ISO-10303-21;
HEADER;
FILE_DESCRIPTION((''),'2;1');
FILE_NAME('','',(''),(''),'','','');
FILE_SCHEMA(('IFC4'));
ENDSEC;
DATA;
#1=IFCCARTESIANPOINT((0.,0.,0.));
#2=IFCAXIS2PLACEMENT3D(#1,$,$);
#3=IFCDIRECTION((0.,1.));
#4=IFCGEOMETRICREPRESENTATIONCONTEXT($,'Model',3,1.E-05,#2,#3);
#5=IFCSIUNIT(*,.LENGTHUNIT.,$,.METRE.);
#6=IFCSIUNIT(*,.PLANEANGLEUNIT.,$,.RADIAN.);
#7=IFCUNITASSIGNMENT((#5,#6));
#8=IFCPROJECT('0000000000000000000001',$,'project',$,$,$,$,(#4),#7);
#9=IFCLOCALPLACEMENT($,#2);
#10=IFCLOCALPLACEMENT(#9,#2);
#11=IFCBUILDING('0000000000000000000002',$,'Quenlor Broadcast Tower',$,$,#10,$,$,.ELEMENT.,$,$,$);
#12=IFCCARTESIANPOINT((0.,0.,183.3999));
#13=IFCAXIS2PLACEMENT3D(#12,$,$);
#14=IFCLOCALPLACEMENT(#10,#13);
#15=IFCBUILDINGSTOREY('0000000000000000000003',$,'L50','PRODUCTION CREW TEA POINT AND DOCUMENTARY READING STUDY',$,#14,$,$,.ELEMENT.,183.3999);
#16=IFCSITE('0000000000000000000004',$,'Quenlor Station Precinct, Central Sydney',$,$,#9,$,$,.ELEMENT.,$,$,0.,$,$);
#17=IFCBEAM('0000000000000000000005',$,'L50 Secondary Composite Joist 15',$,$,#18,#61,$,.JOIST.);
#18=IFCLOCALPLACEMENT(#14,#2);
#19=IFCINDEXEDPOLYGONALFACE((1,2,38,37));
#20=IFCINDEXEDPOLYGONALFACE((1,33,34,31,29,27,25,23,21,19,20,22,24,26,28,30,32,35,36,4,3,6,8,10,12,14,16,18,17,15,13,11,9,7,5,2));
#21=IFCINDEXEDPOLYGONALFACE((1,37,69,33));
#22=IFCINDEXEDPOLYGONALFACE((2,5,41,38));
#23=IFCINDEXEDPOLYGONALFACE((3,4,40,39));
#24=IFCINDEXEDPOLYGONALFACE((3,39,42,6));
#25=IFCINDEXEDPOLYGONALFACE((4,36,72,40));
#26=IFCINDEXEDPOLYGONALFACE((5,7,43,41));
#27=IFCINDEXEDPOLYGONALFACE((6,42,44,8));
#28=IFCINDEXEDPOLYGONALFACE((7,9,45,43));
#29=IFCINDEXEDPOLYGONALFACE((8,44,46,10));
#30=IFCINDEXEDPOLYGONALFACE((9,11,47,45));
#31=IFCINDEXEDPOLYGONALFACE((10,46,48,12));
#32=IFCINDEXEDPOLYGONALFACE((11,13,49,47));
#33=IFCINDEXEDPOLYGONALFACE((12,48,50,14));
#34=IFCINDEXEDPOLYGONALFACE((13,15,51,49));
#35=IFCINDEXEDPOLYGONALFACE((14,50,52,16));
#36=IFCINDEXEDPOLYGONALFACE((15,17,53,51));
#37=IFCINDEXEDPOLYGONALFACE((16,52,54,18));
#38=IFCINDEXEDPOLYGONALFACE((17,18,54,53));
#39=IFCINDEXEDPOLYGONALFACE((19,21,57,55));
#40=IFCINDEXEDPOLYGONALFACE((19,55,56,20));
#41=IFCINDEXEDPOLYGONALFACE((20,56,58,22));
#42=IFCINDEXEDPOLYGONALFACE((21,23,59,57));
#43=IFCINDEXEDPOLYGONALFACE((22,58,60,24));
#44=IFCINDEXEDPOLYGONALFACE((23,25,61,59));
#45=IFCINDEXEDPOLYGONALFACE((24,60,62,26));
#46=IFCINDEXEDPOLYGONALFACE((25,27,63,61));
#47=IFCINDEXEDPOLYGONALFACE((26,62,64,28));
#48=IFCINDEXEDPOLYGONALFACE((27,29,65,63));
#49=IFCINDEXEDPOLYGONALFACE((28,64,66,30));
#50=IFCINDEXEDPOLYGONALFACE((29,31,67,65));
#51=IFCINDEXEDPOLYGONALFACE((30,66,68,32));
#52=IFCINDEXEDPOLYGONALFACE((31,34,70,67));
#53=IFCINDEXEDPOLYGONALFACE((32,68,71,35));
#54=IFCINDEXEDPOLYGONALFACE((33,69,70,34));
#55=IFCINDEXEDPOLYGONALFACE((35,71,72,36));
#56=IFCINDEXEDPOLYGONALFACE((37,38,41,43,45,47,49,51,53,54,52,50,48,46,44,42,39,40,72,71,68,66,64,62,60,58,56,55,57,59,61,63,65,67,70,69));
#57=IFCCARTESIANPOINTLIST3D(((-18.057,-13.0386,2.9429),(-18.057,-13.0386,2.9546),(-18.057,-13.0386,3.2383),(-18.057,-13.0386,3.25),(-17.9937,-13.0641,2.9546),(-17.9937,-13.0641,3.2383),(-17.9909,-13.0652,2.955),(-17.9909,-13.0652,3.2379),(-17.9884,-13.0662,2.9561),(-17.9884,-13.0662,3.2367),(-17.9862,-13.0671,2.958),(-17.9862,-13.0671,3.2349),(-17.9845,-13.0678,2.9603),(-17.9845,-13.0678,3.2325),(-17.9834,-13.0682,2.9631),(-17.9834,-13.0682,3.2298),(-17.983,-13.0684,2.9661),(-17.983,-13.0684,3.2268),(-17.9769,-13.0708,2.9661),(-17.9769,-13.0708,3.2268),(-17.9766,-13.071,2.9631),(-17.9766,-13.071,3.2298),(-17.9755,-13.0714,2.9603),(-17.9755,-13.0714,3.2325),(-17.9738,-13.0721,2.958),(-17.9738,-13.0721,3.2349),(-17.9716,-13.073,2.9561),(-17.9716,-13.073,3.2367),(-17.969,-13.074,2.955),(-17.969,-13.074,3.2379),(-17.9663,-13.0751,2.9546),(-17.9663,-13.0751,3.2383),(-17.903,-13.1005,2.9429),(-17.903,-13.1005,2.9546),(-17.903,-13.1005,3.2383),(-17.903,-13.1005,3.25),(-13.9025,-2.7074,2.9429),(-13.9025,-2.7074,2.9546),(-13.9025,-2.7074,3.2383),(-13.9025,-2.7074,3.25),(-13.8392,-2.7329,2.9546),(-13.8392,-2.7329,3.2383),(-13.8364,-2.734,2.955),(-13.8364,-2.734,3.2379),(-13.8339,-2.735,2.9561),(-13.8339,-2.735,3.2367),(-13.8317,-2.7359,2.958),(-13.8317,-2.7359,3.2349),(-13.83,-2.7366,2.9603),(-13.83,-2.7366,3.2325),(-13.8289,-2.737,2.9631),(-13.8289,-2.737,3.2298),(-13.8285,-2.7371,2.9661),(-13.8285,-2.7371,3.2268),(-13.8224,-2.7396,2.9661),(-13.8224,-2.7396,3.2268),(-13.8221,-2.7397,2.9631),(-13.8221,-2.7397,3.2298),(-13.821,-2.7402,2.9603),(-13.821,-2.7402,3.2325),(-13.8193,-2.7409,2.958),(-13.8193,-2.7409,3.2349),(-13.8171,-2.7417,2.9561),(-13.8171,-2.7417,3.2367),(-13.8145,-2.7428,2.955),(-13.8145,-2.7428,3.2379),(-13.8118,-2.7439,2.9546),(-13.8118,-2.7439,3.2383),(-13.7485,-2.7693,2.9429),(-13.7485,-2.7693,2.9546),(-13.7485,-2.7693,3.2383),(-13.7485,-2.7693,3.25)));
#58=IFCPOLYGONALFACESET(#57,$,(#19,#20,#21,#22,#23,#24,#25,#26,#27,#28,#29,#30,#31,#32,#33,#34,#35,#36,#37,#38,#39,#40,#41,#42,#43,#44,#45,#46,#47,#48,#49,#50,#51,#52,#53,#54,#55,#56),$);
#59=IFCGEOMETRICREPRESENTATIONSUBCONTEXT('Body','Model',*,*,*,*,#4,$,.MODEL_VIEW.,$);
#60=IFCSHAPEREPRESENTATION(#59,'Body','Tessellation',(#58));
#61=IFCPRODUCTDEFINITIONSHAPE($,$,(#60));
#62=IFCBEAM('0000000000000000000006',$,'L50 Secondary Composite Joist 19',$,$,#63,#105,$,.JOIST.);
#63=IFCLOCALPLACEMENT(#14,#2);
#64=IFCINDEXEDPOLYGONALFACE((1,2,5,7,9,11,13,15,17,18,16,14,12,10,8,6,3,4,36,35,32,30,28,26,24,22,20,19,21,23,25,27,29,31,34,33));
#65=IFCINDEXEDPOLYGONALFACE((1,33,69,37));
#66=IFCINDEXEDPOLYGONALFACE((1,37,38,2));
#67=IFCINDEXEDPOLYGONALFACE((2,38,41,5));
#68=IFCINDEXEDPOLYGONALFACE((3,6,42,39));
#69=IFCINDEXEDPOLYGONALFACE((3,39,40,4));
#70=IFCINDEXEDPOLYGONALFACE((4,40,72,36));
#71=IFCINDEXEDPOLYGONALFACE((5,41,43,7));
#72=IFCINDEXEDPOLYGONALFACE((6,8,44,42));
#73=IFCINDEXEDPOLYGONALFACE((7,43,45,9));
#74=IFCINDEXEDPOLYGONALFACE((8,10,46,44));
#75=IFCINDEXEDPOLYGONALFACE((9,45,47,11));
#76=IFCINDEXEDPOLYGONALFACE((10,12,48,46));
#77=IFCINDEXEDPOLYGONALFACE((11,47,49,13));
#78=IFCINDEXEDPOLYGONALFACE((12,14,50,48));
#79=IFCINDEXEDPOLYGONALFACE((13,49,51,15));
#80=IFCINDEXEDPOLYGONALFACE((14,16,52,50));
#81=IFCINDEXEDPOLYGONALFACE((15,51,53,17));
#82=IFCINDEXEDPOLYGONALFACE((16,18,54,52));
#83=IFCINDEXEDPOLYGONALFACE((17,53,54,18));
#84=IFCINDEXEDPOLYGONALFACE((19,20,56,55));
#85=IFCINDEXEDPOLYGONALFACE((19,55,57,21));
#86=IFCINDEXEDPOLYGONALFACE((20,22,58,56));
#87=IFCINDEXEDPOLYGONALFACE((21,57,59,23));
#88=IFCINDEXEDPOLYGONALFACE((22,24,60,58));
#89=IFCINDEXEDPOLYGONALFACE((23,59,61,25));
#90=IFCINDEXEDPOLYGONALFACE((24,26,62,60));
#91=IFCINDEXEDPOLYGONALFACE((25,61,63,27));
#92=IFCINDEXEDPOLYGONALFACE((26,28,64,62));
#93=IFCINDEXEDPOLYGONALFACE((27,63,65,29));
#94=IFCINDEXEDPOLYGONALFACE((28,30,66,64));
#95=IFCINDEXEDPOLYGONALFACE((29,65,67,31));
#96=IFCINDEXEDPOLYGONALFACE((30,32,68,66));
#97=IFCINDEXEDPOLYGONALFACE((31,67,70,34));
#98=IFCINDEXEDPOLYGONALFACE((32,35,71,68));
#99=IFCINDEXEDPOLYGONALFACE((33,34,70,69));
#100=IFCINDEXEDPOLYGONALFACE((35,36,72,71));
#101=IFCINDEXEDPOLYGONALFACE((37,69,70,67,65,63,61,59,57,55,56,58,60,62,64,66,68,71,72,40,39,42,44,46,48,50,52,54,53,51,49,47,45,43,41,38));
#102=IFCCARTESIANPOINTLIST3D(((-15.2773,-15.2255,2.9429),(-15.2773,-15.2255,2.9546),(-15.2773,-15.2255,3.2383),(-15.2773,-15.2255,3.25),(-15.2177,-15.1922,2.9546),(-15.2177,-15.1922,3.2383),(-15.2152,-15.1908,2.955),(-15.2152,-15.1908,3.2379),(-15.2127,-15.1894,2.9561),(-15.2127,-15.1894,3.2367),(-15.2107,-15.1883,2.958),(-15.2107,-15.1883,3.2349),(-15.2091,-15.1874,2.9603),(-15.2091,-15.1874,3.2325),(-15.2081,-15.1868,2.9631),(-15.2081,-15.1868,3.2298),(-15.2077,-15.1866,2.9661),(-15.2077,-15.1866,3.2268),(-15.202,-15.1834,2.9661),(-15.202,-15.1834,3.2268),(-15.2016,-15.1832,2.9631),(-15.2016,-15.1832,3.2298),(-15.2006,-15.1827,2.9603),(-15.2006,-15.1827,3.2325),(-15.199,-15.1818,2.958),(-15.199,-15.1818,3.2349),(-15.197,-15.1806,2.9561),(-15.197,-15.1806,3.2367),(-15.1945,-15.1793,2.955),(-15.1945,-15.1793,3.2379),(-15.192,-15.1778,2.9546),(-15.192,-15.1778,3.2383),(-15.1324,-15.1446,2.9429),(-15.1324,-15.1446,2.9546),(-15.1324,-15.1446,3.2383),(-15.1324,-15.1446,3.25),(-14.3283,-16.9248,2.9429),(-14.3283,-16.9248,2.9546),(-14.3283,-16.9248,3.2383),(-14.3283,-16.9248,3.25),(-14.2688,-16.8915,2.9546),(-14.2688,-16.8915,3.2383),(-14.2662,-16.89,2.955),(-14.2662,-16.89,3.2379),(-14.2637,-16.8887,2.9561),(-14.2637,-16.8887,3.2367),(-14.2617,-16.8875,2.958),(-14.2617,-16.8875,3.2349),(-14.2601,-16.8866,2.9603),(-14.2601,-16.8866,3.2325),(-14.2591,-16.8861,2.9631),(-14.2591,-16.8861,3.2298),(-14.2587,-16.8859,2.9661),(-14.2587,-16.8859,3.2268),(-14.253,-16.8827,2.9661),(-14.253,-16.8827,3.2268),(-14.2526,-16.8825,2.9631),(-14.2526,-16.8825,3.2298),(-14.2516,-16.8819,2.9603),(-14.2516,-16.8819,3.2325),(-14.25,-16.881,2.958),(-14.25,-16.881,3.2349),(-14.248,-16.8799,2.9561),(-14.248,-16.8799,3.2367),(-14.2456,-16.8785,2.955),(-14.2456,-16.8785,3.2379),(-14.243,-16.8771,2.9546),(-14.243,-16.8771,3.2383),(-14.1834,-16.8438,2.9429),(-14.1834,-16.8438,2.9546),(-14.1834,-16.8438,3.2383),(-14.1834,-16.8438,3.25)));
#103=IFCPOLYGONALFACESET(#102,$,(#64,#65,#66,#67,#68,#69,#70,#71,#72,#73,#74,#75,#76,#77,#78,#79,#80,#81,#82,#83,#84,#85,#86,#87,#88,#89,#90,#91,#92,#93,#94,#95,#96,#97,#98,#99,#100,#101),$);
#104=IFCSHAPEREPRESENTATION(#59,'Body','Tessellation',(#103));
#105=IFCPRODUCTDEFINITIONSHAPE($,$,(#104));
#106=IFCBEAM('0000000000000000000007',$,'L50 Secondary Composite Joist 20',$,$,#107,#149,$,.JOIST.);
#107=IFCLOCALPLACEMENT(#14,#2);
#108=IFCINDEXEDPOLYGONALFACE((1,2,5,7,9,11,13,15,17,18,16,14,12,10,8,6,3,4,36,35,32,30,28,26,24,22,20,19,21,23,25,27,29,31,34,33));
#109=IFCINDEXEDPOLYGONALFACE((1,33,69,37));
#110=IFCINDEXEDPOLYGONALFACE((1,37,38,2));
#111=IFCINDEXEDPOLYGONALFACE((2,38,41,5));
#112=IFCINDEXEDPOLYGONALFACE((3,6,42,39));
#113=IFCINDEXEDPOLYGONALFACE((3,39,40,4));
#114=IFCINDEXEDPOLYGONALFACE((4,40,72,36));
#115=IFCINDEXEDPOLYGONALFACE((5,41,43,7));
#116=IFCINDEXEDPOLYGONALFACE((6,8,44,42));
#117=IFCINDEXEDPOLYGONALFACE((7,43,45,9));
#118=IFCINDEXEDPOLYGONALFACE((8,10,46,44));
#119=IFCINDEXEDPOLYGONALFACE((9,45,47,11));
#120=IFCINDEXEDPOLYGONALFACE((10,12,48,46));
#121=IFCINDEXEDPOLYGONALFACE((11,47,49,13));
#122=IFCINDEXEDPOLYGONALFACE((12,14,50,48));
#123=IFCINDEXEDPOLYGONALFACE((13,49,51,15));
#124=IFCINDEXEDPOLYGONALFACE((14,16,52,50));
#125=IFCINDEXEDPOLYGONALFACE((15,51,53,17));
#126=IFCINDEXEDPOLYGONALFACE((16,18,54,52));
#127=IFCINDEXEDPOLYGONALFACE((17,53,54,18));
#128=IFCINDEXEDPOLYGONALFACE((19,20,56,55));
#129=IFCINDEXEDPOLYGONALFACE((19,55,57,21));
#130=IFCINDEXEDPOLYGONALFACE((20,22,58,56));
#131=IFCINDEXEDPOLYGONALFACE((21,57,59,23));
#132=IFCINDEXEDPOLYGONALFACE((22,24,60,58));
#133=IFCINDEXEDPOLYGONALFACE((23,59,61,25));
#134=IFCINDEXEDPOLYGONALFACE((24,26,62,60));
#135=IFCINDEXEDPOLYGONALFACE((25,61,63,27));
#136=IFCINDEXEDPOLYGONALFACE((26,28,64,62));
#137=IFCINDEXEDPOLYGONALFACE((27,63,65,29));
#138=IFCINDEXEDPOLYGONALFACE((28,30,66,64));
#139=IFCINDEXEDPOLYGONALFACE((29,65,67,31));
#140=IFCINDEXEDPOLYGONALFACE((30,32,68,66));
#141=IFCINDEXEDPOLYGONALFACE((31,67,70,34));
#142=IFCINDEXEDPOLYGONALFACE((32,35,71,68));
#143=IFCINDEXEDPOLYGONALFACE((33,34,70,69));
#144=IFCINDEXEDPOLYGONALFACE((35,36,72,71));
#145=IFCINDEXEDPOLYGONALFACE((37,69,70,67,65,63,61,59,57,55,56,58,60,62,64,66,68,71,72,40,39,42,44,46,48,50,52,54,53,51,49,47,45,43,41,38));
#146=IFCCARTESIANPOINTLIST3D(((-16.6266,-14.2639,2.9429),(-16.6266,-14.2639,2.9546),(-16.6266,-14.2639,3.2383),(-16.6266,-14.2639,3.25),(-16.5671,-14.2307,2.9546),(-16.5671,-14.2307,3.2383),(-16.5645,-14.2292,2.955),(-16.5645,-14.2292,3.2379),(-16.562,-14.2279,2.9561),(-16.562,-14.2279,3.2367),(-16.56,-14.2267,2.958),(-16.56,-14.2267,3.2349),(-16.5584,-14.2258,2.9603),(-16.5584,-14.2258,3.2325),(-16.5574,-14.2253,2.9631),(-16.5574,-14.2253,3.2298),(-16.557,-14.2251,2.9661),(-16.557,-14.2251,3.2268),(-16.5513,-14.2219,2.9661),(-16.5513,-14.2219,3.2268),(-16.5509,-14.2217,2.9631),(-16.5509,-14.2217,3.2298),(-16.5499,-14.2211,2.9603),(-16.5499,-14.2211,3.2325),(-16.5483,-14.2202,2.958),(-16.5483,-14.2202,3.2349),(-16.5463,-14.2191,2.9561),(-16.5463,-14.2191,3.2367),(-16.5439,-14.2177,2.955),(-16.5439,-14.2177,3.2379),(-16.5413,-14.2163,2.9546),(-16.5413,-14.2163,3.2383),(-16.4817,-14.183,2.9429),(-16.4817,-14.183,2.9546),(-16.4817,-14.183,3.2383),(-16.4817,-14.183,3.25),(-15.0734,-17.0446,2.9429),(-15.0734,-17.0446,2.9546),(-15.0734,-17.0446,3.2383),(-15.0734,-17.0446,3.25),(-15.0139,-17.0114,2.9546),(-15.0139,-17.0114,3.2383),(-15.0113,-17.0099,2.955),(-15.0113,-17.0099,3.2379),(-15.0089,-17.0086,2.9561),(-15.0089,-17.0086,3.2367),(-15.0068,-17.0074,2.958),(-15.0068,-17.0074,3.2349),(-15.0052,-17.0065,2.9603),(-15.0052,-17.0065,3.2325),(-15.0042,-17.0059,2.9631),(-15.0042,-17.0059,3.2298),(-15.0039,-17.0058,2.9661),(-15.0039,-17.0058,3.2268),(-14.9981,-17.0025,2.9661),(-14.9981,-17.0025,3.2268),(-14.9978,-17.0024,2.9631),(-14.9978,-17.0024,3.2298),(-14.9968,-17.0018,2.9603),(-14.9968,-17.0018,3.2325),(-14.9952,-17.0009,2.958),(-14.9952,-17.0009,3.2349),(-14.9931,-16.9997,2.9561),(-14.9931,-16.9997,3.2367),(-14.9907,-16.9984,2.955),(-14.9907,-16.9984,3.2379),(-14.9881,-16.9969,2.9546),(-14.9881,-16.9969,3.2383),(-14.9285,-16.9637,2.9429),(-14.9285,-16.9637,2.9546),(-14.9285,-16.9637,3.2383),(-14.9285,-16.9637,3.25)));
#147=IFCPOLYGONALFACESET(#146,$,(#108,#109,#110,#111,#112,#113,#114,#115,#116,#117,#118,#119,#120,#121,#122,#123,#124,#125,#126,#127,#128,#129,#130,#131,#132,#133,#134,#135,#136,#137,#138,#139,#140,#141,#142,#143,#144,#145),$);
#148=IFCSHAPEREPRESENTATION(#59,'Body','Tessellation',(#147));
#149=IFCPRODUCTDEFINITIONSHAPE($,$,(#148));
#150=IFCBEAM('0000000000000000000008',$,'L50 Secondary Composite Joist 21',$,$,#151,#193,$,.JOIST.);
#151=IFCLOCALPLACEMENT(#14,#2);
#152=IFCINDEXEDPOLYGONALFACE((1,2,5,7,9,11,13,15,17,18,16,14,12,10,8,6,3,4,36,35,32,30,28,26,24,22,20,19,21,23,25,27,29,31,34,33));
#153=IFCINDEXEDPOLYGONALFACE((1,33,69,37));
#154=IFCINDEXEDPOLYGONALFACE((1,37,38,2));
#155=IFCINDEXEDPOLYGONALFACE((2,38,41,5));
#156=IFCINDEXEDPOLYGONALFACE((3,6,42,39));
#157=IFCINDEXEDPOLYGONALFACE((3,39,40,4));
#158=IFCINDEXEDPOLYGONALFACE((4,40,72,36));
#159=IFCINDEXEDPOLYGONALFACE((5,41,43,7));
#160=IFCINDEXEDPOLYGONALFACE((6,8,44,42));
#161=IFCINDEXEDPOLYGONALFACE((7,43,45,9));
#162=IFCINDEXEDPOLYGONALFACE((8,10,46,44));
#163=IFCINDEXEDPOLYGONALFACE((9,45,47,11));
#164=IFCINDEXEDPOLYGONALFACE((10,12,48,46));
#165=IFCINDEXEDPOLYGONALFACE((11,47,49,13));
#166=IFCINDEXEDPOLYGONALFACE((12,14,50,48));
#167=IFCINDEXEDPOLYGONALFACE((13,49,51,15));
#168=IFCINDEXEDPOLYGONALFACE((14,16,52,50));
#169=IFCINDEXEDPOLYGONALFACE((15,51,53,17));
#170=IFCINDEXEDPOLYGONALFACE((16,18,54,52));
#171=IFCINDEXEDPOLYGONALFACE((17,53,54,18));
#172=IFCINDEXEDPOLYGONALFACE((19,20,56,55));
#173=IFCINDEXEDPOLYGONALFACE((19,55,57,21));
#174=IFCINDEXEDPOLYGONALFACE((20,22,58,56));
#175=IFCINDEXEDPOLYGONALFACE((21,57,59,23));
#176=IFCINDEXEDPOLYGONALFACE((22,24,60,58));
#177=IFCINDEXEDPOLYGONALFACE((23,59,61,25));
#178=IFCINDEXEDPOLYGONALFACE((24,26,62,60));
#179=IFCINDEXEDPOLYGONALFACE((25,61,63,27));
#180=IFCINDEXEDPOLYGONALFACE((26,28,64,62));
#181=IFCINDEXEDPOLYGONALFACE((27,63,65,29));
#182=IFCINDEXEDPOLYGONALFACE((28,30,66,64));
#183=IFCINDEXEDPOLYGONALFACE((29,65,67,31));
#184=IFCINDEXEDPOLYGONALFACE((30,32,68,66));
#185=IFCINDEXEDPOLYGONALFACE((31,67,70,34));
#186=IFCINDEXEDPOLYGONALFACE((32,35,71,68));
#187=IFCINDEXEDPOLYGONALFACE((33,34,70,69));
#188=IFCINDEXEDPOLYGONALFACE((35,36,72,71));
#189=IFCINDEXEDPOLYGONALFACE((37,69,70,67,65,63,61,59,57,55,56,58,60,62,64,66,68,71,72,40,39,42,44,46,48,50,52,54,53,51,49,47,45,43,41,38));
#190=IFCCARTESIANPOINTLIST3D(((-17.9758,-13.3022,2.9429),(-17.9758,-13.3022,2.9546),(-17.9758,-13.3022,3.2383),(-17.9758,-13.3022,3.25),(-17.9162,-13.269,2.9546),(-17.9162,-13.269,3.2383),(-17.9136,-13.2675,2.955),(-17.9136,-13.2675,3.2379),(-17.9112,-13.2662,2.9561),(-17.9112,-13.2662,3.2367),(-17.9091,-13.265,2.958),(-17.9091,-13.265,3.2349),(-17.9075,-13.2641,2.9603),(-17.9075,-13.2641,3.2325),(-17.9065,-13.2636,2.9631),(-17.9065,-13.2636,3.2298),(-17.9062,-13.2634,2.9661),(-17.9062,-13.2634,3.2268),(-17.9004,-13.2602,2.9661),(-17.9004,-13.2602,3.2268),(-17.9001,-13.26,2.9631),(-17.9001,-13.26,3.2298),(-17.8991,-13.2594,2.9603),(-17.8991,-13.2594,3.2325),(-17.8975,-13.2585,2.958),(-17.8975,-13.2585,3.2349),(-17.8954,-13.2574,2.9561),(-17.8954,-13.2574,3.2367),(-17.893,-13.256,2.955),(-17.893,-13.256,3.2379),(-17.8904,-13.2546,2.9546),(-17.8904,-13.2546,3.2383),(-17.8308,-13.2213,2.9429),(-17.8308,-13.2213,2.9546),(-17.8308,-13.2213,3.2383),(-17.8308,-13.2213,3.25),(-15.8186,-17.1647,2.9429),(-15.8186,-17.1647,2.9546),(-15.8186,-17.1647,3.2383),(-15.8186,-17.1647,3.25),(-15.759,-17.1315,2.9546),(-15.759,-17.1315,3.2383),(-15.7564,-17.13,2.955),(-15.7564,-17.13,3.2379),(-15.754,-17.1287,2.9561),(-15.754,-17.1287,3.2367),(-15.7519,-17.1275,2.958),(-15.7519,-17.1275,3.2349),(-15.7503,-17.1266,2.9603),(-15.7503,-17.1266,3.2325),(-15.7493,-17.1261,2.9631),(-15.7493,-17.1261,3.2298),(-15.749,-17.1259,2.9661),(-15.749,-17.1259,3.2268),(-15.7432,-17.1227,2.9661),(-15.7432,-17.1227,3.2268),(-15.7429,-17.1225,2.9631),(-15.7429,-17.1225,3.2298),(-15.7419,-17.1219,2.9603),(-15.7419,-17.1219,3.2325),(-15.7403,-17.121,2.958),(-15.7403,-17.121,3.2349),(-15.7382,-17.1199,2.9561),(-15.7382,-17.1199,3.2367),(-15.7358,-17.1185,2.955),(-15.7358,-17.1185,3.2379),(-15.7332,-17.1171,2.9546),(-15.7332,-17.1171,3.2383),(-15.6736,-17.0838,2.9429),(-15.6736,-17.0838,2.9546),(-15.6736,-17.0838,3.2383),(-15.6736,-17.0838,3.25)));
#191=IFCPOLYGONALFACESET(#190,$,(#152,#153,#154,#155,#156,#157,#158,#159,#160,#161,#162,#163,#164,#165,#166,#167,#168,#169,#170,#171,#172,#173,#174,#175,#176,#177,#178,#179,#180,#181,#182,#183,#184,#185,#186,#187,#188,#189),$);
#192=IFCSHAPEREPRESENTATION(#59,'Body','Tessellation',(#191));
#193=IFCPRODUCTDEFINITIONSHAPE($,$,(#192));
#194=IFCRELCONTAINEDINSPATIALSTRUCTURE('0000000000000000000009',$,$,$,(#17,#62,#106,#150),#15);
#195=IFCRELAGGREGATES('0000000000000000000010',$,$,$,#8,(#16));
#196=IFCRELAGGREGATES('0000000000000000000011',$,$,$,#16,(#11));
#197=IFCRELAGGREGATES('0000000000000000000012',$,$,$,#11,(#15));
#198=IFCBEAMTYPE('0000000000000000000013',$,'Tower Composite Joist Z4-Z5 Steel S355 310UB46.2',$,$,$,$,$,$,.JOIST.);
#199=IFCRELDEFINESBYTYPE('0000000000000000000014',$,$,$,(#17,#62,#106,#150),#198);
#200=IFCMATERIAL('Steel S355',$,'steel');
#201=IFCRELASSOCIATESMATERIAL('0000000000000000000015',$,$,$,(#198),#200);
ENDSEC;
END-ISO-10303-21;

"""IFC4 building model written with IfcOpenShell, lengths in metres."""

from ifc_helpers import new_model, si_unit, direction, frame, origin, origin_2d, place, context, subcontext, project, spatial, i_section, extrude, material, material_profile, profile_set, type_object, element, save


model = new_model("IFC4")

# Units and contexts
model_context = context("Model", 3, precision=1e-05, world=origin(), true_north=direction((0.0, 1.0)))
body_context = subcontext(model_context, "Body", "Model", "MODEL_VIEW")
ifc_project = project(units=[si_unit("LENGTHUNIT", "METRE"), si_unit("PLANEANGLEUNIT", "RADIAN")], contexts=[model_context])

# Site, building, storey
site_placement = place(None, origin())
site = spatial("IfcSite", under=ifc_project, at=site_placement, Name="Quenlor Station Precinct, Central Sydney", CompositionType="ELEMENT", RefElevation=0.0)
building_placement = place(site_placement, origin())
building = spatial("IfcBuilding", under=site, at=building_placement, Name="Quenlor Broadcast Tower", CompositionType="ELEMENT")
storey_placement = place(building_placement, frame((0.0, 0.0, 183.3999)))
storey = spatial("IfcBuildingStorey", under=building, at=storey_placement, Name="L50", Description="PRODUCTION CREW TEA POINT AND DOCUMENTARY READING STUDY", CompositionType="ELEMENT", Elevation=183.3999)

# Beams
ifc_material_1 = material(Name="Steel S355", Category="steel")
ifc_material_profile_1 = material_profile(ifc_material_1, i_section(OverallWidth=0.166, OverallDepth=0.3071, WebThickness=0.0066, FlangeThickness=0.0117, FilletRadius=0.0115, at=origin_2d()))
ifc_profile_set_1 = profile_set([ifc_material_profile_1], Name="Steel S355 310UB46.2")
beam_type_1 = type_object("IfcBeamType", Name="Tower Composite Joist Z4-Z5 Steel S355 310UB46.2", PredefinedType="JOIST", material=ifc_profile_set_1)
beam_1_placement = place(storey_placement, frame((-17.98, -13.0696, 3.0964), z_axis=(0.373095, 0.927793, 0.0), x_axis=(-0.927793, 0.373095, 0.0)))
element("IfcBeam", 1, at=beam_1_placement, inside=storey, type_object=beam_type_1, Name="L50 Secondary Composite Joist 15", PredefinedType="JOIST", context=body_context, shape_type="SweptSolid", body=[
    extrude(i_section(OverallWidth=0.166, OverallDepth=0.3071, WebThickness=0.0066, FlangeThickness=0.0117, FilletRadius=0.0115, at=origin_2d()), origin(), (0.0, 0.0, 1.0), 11.1353),
])
beam_2_placement = place(storey_placement, frame((-14.2559, -16.8843, 3.0964), z_axis=(-0.487591, 0.873072, 0.0), x_axis=(-0.873072, -0.487591, 0.0)))
element("IfcBeam", 2, at=beam_2_placement, inside=storey, type_object=beam_type_1, Name="L50 Secondary Composite Joist 19", PredefinedType="JOIST", context=body_context, shape_type="SweptSolid", body=[
    extrude(i_section(OverallWidth=0.166, OverallDepth=0.3071, WebThickness=0.0066, FlangeThickness=0.0117, FilletRadius=0.0115, at=origin_2d()), origin(), (0.0, 0.0, 1.0), 1.9463),
])
beam_3_placement = place(storey_placement, frame((-15.001, -17.0042, 3.0964), z_axis=(-0.487646, 0.873041, 0.0), x_axis=(-0.873041, -0.487646, 0.0)))
element("IfcBeam", 3, at=beam_3_placement, inside=storey, type_object=beam_type_1, Name="L50 Secondary Composite Joist 20", PredefinedType="JOIST", context=body_context, shape_type="SweptSolid", body=[
    extrude(i_section(OverallWidth=0.166, OverallDepth=0.3071, WebThickness=0.0066, FlangeThickness=0.0117, FilletRadius=0.0115, at=origin_2d()), origin(), (0.0, 0.0, 1.0), 3.1851),
])
beam_4_placement = place(storey_placement, frame((-15.7461, -17.1243, 3.0964), z_axis=(-0.487605, 0.873064, 0.0), x_axis=(-0.873064, -0.487605, 0.0)))
element("IfcBeam", 4, at=beam_4_placement, inside=storey, type_object=beam_type_1, Name="L50 Secondary Composite Joist 21", PredefinedType="JOIST", context=body_context, shape_type="SweptSolid", body=[
    extrude(i_section(OverallWidth=0.166, OverallDepth=0.3071, WebThickness=0.0066, FlangeThickness=0.0117, FilletRadius=0.0115, at=origin_2d()), origin(), (0.0, 0.0, 1.0), 4.4241),
])

save(model, "model.ifc")
